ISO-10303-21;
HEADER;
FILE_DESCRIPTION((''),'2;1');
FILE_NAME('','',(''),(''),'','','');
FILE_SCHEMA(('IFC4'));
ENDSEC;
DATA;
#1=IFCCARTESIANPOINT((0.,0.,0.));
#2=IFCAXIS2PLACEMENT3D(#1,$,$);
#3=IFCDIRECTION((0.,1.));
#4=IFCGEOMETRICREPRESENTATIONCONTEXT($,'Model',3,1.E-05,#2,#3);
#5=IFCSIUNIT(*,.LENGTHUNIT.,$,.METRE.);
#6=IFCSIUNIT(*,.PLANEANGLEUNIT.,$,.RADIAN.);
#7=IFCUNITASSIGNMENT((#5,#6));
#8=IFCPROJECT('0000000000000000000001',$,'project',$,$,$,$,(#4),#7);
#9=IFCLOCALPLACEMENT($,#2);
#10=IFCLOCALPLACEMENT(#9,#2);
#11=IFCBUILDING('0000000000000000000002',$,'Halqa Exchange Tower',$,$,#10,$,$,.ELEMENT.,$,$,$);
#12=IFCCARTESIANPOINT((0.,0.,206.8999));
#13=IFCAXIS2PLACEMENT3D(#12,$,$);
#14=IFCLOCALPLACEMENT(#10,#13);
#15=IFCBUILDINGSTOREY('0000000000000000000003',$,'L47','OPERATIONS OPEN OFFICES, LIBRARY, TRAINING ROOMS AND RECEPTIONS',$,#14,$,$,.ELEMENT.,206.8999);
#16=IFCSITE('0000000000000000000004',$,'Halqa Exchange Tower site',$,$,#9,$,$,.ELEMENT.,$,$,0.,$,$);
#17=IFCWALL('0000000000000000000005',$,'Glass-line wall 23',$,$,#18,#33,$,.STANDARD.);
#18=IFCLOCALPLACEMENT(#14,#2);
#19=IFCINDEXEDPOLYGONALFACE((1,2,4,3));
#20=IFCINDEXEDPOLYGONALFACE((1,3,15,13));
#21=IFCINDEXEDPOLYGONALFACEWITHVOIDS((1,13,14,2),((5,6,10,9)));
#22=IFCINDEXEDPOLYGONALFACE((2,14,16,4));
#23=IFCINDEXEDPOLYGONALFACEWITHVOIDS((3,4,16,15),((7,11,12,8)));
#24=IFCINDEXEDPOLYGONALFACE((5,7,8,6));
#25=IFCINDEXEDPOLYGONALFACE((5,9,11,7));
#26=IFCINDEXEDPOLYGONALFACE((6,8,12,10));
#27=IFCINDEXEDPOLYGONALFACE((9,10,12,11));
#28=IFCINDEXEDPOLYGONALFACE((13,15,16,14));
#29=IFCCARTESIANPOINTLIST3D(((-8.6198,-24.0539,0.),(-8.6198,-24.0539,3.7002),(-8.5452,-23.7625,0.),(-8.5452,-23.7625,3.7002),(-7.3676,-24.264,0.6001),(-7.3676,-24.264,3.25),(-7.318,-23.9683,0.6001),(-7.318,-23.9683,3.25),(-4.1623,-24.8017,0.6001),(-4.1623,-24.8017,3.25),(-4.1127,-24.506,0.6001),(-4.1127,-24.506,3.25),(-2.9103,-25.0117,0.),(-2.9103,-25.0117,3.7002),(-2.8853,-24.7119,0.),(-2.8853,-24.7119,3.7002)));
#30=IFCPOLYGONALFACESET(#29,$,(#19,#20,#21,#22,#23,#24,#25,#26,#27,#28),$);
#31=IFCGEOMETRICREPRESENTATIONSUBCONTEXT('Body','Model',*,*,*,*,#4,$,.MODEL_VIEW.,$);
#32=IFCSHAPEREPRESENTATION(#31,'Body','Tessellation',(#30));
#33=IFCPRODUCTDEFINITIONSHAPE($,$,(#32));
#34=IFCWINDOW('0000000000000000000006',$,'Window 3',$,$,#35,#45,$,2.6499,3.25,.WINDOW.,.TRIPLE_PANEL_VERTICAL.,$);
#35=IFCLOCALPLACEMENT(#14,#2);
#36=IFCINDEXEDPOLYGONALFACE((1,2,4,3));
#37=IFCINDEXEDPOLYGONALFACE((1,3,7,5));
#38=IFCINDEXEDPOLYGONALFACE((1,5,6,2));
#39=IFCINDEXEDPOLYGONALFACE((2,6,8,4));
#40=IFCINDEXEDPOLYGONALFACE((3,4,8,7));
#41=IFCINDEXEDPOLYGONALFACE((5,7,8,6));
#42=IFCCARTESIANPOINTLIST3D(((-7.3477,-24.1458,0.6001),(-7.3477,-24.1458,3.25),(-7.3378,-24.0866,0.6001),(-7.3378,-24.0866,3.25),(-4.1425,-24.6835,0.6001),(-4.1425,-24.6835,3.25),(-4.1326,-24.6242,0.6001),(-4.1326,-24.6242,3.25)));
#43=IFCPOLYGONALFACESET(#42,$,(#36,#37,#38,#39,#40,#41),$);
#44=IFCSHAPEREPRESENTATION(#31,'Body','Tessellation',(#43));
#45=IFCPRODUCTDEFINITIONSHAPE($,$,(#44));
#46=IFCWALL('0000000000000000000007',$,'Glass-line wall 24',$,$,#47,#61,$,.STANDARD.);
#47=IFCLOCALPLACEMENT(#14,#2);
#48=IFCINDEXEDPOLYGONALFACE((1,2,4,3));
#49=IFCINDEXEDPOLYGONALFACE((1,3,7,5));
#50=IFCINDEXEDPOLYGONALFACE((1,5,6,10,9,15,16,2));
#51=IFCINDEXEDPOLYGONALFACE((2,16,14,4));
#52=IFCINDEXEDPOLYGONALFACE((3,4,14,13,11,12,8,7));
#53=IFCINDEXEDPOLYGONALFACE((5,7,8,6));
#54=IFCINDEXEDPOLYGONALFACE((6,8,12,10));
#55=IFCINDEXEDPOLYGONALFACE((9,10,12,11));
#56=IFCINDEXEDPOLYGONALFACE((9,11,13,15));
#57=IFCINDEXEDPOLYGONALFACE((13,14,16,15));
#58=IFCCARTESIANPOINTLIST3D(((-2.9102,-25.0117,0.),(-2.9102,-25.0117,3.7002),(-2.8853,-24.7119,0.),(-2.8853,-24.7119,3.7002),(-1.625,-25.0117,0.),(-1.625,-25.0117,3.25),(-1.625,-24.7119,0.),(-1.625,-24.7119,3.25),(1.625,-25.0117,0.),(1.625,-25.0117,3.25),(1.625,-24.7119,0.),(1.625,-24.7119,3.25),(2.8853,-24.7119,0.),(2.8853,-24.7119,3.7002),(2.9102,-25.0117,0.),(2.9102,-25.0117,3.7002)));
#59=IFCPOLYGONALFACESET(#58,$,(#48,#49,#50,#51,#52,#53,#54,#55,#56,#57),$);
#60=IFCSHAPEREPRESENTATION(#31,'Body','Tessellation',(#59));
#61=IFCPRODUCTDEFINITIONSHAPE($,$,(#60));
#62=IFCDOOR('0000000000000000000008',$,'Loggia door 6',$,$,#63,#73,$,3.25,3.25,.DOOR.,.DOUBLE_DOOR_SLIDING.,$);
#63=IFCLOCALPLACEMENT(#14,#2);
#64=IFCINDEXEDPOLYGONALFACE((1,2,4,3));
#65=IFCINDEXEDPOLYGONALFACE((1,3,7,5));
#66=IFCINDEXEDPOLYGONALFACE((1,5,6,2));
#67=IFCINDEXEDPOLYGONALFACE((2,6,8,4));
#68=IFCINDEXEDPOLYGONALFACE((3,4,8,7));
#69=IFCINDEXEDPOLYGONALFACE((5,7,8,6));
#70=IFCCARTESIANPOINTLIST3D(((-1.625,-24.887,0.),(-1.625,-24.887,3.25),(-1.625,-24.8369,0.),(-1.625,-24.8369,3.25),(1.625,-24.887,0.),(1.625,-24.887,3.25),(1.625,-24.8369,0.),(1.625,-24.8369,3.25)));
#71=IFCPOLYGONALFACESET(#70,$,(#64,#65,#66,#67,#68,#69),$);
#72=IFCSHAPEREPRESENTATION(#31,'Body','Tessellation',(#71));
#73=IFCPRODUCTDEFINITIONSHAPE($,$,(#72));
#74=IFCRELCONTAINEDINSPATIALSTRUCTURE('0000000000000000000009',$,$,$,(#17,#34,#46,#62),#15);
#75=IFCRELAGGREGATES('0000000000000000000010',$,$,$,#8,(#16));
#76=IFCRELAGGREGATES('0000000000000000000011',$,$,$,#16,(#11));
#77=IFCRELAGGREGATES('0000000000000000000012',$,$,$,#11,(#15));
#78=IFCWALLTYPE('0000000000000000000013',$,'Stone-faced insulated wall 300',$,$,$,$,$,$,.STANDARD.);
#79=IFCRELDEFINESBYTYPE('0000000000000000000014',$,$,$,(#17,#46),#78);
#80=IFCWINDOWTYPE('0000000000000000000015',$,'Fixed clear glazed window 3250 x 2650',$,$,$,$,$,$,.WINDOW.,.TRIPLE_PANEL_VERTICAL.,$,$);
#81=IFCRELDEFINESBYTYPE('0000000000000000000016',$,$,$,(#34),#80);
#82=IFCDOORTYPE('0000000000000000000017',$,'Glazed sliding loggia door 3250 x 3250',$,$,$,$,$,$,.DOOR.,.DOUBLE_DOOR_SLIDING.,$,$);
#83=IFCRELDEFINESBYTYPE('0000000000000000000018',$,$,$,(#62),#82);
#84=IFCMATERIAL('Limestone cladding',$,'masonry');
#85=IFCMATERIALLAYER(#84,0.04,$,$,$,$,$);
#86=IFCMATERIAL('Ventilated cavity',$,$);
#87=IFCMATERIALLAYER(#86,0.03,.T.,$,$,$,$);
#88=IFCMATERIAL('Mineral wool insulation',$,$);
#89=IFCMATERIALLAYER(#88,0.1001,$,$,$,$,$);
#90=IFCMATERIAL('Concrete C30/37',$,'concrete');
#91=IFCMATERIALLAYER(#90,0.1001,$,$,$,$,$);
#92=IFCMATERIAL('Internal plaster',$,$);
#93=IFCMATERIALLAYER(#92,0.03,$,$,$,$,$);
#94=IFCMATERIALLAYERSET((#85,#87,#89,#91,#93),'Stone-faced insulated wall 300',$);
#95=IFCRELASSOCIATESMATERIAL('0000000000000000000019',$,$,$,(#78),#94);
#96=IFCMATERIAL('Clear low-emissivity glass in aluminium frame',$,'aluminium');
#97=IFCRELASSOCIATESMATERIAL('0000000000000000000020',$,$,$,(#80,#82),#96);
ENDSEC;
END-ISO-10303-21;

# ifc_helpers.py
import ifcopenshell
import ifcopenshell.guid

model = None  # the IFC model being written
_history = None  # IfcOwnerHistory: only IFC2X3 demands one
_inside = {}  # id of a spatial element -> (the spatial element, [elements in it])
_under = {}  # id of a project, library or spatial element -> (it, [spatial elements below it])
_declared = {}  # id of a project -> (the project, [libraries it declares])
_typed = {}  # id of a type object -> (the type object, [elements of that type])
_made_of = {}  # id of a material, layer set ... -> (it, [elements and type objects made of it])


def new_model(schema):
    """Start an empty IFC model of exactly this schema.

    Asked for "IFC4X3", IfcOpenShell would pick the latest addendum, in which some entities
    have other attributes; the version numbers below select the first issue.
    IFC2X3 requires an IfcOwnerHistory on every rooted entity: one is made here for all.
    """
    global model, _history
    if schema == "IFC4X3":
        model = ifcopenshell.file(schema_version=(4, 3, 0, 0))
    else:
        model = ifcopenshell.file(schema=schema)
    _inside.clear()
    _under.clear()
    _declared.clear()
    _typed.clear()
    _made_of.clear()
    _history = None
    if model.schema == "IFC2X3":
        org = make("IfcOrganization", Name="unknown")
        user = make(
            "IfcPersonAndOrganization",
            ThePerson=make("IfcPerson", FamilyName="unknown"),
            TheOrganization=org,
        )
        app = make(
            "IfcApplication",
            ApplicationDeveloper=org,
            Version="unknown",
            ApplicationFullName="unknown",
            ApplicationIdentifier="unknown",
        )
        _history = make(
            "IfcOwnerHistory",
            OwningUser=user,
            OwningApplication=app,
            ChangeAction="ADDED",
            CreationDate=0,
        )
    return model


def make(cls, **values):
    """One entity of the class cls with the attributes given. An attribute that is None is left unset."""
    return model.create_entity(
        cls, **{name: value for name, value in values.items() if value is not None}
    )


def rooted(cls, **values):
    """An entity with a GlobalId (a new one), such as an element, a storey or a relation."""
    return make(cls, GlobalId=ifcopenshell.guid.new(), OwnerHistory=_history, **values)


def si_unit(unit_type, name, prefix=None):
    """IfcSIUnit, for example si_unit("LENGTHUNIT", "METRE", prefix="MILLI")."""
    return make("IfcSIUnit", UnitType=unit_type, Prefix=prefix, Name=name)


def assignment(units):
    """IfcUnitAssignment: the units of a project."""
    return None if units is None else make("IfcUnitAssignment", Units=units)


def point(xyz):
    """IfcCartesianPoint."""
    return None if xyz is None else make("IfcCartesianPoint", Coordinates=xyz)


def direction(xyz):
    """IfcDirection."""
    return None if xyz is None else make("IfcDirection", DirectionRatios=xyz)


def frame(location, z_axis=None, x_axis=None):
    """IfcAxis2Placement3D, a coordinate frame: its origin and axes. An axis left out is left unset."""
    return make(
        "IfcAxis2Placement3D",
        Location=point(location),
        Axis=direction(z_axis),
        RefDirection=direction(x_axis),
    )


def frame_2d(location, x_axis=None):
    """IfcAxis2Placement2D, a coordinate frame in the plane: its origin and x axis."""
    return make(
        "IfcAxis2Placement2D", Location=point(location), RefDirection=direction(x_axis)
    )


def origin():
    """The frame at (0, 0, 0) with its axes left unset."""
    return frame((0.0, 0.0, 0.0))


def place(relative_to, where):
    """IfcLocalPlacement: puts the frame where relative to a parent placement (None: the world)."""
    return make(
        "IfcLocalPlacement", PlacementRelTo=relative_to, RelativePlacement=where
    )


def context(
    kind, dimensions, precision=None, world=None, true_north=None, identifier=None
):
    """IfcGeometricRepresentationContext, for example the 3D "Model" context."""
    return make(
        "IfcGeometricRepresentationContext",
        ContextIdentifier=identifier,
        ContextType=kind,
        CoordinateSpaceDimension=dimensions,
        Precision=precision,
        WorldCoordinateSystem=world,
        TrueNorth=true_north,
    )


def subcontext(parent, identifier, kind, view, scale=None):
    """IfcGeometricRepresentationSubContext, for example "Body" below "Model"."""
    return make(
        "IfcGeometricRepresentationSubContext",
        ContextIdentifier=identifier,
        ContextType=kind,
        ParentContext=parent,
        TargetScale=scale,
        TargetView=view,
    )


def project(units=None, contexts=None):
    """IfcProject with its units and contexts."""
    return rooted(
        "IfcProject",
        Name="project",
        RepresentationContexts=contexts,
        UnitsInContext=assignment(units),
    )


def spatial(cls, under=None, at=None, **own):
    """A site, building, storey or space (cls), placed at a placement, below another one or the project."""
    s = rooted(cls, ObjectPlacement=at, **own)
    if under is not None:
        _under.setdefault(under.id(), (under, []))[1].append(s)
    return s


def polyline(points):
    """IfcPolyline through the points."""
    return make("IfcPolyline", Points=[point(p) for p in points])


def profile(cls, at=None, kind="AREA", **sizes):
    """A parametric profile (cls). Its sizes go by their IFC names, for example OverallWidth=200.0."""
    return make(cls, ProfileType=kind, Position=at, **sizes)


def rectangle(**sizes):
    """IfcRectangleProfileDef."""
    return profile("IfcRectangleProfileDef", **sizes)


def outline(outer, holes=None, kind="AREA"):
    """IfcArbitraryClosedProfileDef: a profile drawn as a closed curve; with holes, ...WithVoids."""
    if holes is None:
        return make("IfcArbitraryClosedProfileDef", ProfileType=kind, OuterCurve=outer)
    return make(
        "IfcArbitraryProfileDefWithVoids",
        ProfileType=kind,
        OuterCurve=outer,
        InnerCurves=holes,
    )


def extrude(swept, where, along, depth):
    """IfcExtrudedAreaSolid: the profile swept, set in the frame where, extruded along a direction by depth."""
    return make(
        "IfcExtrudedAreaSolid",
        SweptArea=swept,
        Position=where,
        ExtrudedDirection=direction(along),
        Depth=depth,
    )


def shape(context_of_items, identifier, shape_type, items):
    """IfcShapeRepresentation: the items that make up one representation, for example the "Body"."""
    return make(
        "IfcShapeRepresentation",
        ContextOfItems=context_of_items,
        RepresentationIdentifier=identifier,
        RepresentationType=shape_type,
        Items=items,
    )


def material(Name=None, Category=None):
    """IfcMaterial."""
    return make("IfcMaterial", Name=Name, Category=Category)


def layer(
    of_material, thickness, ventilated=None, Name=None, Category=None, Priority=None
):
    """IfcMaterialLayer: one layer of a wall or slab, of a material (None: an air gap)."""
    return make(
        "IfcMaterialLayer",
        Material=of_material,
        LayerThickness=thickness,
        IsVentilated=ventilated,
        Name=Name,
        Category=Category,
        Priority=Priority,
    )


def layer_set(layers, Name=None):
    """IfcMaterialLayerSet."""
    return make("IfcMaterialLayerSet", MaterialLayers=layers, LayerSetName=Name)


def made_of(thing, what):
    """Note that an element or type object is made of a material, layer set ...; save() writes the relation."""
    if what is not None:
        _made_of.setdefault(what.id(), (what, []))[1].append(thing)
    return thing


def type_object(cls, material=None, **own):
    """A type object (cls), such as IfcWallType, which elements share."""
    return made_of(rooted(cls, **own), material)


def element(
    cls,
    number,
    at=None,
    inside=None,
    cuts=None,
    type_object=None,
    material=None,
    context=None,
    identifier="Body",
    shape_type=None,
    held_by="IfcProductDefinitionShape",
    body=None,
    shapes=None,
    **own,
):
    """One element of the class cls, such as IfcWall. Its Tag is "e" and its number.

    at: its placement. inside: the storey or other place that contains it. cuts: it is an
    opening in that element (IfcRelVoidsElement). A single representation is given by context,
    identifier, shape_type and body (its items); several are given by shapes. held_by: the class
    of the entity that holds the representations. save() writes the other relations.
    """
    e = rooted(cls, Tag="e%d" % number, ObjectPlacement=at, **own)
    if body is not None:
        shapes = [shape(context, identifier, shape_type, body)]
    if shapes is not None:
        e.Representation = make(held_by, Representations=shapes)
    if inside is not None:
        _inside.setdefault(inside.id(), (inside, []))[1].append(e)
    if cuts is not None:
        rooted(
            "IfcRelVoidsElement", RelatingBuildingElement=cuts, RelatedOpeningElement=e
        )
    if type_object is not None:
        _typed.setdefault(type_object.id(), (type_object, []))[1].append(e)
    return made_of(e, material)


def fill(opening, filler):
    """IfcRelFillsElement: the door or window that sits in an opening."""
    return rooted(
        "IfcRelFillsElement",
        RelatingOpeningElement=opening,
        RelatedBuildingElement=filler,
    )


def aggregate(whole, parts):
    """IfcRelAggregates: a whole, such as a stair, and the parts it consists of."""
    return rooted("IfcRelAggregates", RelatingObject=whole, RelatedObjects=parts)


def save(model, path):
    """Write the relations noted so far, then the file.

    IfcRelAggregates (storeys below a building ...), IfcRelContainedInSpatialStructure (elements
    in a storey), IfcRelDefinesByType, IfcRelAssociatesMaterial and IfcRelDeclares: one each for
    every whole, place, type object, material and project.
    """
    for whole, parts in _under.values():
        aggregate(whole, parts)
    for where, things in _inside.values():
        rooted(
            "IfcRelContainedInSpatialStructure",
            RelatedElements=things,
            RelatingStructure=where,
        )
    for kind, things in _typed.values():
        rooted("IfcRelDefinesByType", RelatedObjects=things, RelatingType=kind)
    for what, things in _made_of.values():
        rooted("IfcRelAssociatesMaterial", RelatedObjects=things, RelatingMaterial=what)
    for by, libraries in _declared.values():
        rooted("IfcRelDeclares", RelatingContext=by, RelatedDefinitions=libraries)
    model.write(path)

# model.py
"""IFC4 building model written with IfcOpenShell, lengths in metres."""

from ifc_helpers import new_model, si_unit, direction, frame, frame_2d, origin, place, context, subcontext, project, spatial, polyline, rectangle, outline, extrude, material, layer, layer_set, type_object, element, fill, save


model = new_model("IFC4")

# Units and contexts
model_context = context("Model", 3, precision=1e-05, world=origin(), true_north=direction((0.0, 1.0)))
body_context = subcontext(model_context, "Body", "Model", "MODEL_VIEW")
ifc_project = project(units=[si_unit("LENGTHUNIT", "METRE"), si_unit("PLANEANGLEUNIT", "RADIAN")], contexts=[model_context])

# Site, building, storey
site_placement = place(None, origin())
site = spatial("IfcSite", under=ifc_project, at=site_placement, Name="Halqa Exchange Tower site", CompositionType="ELEMENT", RefElevation=0.0)
building_placement = place(site_placement, origin())
building = spatial("IfcBuilding", under=site, at=building_placement, Name="Halqa Exchange Tower", CompositionType="ELEMENT")
storey_placement = place(building_placement, frame((0.0, 0.0, 206.8999)))
storey = spatial("IfcBuildingStorey", under=building, at=storey_placement, Name="L47", Description="OPERATIONS OPEN OFFICES, LIBRARY, TRAINING ROOMS AND RECEPTIONS", CompositionType="ELEMENT", Elevation=206.8999)

# Shared definitions
ifc_material_1 = material(Name="Concrete C30/37", Category="concrete")

# Wall, opening, window
ifc_material_2 = material(Name="Limestone cladding", Category="masonry")
ifc_layer_1 = layer(ifc_material_2, 0.04)
ifc_material_3 = material(Name="Ventilated cavity")
ifc_layer_2 = layer(ifc_material_3, 0.03, ventilated=True)
ifc_material_4 = material(Name="Mineral wool insulation")
ifc_layer_3 = layer(ifc_material_4, 0.1001)
ifc_layer_4 = layer(ifc_material_1, 0.1001)
ifc_material_5 = material(Name="Internal plaster")
ifc_layer_5 = layer(ifc_material_5, 0.03)
ifc_layer_set_1 = layer_set([ifc_layer_1, ifc_layer_2, ifc_layer_3, ifc_layer_4, ifc_layer_5], Name="Stone-faced insulated wall 300")
wall_type_1 = type_object("IfcWallType", Name="Stone-faced insulated wall 300", PredefinedType="STANDARD", material=ifc_layer_set_1)
wall_1_placement = place(storey_placement, frame((-8.5825, -23.9082, 0.0), z_axis=(0.0, 0.0, 1.0), x_axis=(0.986221, -0.165436, 0.0)))
wall_1 = element("IfcWall", 1, at=wall_1_placement, inside=storey, type_object=wall_type_1, Name="Glass-line wall 23", PredefinedType="STANDARD", context=body_context, shape_type="SweptSolid", body=[
    extrude(outline(polyline([(-0.0127, -0.1499), (5.7766, -0.1499), (5.7517, 0.1499), (0.0127, 0.1499), (-0.0127, -0.1499)])), origin(), (0.0, 0.0, 1.0), 3.7002),
])
opening_1_placement = place(wall_1_placement, frame((1.2571, 0.0, 0.6001)))
opening_1 = element("IfcOpeningElement", 2, at=opening_1_placement, cuts=wall_1, PredefinedType="OPENING", context=body_context, shape_type="SweptSolid", body=[
    extrude(rectangle(XDim=3.25, YDim=2.6499, at=frame_2d((1.625, 1.325))), frame((0.0, 0.1621, 0.0), z_axis=(0.0, -1.0, 0.0), x_axis=(1.0, 0.0, 0.0)), (0.0, 0.0, 1.0), 0.324),
])
ifc_material_6 = material(Name="Clear low-emissivity glass in aluminium frame", Category="aluminium")
window_type = type_object("IfcWindowType", Name="Fixed clear glazed window 3250 x 2650", PartitioningType="TRIPLE_PANEL_VERTICAL", PredefinedType="WINDOW", material=ifc_material_6)
window_placement = place(opening_1_placement, origin())
window = element("IfcWindow", 3, at=window_placement, inside=storey, type_object=window_type, Name="Window 3", OverallHeight=2.6499, OverallWidth=3.25, PartitioningType="TRIPLE_PANEL_VERTICAL", PredefinedType="WINDOW", context=body_context, shape_type="SweptSolid", body=[
    extrude(rectangle(XDim=3.25, YDim=2.6499, at=frame_2d((1.625, 1.325))), frame((0.0, 0.03, 0.0), z_axis=(0.0, -1.0, 0.0), x_axis=(1.0, 0.0, 0.0)), (0.0, 0.0, 1.0), 0.0601),
])
fill(opening_1, window)

# Wall, opening, door
wall_2_placement = place(storey_placement, frame((-2.8977, -24.8618, 0.0), z_axis=(0.0, 0.0, 1.0), x_axis=(1.0, 0.0, 0.0)))
wall_2 = element("IfcWall", 4, at=wall_2_placement, inside=storey, type_object=wall_type_1, Name="Glass-line wall 24", PredefinedType="STANDARD", context=body_context, shape_type="SweptSolid", body=[
    extrude(outline(polyline([(-0.0125, -0.1499), (5.8079, -0.1499), (5.783, 0.1499), (0.0125, 0.1499), (-0.0125, -0.1499)])), origin(), (0.0, 0.0, 1.0), 3.7002),
])
opening_2_placement = place(wall_2_placement, frame((1.2727, 0.0, 0.0)))
opening_2 = element("IfcOpeningElement", 5, at=opening_2_placement, cuts=wall_2, PredefinedType="OPENING", context=body_context, shape_type="SweptSolid", body=[
    extrude(rectangle(XDim=3.25, YDim=3.25, at=frame_2d((1.625, 1.625))), frame((0.0, 0.1621, 0.0), z_axis=(0.0, -1.0, 0.0), x_axis=(1.0, 0.0, 0.0)), (0.0, 0.0, 1.0), 0.324),
])
door_type_1 = type_object("IfcDoorType", Name="Glazed sliding loggia door 3250 x 3250", OperationType="DOUBLE_DOOR_SLIDING", PredefinedType="DOOR", material=ifc_material_6)
door_1_placement = place(opening_2_placement, origin())
door_1 = element("IfcDoor", 6, at=door_1_placement, inside=storey, type_object=door_type_1, Name="Loggia door 6", OperationType="DOUBLE_DOOR_SLIDING", OverallHeight=3.25, OverallWidth=3.25, PredefinedType="DOOR", context=body_context, shape_type="SweptSolid", body=[
    extrude(rectangle(XDim=3.25, YDim=3.25, at=frame_2d((1.625, 1.625))), frame((0.0, 0.0249, 0.0), z_axis=(0.0, -1.0, 0.0), x_axis=(1.0, 0.0, 0.0)), (0.0, 0.0, 1.0), 0.05),
])
fill(opening_2, door_1)

save(model, "model.ifc")
